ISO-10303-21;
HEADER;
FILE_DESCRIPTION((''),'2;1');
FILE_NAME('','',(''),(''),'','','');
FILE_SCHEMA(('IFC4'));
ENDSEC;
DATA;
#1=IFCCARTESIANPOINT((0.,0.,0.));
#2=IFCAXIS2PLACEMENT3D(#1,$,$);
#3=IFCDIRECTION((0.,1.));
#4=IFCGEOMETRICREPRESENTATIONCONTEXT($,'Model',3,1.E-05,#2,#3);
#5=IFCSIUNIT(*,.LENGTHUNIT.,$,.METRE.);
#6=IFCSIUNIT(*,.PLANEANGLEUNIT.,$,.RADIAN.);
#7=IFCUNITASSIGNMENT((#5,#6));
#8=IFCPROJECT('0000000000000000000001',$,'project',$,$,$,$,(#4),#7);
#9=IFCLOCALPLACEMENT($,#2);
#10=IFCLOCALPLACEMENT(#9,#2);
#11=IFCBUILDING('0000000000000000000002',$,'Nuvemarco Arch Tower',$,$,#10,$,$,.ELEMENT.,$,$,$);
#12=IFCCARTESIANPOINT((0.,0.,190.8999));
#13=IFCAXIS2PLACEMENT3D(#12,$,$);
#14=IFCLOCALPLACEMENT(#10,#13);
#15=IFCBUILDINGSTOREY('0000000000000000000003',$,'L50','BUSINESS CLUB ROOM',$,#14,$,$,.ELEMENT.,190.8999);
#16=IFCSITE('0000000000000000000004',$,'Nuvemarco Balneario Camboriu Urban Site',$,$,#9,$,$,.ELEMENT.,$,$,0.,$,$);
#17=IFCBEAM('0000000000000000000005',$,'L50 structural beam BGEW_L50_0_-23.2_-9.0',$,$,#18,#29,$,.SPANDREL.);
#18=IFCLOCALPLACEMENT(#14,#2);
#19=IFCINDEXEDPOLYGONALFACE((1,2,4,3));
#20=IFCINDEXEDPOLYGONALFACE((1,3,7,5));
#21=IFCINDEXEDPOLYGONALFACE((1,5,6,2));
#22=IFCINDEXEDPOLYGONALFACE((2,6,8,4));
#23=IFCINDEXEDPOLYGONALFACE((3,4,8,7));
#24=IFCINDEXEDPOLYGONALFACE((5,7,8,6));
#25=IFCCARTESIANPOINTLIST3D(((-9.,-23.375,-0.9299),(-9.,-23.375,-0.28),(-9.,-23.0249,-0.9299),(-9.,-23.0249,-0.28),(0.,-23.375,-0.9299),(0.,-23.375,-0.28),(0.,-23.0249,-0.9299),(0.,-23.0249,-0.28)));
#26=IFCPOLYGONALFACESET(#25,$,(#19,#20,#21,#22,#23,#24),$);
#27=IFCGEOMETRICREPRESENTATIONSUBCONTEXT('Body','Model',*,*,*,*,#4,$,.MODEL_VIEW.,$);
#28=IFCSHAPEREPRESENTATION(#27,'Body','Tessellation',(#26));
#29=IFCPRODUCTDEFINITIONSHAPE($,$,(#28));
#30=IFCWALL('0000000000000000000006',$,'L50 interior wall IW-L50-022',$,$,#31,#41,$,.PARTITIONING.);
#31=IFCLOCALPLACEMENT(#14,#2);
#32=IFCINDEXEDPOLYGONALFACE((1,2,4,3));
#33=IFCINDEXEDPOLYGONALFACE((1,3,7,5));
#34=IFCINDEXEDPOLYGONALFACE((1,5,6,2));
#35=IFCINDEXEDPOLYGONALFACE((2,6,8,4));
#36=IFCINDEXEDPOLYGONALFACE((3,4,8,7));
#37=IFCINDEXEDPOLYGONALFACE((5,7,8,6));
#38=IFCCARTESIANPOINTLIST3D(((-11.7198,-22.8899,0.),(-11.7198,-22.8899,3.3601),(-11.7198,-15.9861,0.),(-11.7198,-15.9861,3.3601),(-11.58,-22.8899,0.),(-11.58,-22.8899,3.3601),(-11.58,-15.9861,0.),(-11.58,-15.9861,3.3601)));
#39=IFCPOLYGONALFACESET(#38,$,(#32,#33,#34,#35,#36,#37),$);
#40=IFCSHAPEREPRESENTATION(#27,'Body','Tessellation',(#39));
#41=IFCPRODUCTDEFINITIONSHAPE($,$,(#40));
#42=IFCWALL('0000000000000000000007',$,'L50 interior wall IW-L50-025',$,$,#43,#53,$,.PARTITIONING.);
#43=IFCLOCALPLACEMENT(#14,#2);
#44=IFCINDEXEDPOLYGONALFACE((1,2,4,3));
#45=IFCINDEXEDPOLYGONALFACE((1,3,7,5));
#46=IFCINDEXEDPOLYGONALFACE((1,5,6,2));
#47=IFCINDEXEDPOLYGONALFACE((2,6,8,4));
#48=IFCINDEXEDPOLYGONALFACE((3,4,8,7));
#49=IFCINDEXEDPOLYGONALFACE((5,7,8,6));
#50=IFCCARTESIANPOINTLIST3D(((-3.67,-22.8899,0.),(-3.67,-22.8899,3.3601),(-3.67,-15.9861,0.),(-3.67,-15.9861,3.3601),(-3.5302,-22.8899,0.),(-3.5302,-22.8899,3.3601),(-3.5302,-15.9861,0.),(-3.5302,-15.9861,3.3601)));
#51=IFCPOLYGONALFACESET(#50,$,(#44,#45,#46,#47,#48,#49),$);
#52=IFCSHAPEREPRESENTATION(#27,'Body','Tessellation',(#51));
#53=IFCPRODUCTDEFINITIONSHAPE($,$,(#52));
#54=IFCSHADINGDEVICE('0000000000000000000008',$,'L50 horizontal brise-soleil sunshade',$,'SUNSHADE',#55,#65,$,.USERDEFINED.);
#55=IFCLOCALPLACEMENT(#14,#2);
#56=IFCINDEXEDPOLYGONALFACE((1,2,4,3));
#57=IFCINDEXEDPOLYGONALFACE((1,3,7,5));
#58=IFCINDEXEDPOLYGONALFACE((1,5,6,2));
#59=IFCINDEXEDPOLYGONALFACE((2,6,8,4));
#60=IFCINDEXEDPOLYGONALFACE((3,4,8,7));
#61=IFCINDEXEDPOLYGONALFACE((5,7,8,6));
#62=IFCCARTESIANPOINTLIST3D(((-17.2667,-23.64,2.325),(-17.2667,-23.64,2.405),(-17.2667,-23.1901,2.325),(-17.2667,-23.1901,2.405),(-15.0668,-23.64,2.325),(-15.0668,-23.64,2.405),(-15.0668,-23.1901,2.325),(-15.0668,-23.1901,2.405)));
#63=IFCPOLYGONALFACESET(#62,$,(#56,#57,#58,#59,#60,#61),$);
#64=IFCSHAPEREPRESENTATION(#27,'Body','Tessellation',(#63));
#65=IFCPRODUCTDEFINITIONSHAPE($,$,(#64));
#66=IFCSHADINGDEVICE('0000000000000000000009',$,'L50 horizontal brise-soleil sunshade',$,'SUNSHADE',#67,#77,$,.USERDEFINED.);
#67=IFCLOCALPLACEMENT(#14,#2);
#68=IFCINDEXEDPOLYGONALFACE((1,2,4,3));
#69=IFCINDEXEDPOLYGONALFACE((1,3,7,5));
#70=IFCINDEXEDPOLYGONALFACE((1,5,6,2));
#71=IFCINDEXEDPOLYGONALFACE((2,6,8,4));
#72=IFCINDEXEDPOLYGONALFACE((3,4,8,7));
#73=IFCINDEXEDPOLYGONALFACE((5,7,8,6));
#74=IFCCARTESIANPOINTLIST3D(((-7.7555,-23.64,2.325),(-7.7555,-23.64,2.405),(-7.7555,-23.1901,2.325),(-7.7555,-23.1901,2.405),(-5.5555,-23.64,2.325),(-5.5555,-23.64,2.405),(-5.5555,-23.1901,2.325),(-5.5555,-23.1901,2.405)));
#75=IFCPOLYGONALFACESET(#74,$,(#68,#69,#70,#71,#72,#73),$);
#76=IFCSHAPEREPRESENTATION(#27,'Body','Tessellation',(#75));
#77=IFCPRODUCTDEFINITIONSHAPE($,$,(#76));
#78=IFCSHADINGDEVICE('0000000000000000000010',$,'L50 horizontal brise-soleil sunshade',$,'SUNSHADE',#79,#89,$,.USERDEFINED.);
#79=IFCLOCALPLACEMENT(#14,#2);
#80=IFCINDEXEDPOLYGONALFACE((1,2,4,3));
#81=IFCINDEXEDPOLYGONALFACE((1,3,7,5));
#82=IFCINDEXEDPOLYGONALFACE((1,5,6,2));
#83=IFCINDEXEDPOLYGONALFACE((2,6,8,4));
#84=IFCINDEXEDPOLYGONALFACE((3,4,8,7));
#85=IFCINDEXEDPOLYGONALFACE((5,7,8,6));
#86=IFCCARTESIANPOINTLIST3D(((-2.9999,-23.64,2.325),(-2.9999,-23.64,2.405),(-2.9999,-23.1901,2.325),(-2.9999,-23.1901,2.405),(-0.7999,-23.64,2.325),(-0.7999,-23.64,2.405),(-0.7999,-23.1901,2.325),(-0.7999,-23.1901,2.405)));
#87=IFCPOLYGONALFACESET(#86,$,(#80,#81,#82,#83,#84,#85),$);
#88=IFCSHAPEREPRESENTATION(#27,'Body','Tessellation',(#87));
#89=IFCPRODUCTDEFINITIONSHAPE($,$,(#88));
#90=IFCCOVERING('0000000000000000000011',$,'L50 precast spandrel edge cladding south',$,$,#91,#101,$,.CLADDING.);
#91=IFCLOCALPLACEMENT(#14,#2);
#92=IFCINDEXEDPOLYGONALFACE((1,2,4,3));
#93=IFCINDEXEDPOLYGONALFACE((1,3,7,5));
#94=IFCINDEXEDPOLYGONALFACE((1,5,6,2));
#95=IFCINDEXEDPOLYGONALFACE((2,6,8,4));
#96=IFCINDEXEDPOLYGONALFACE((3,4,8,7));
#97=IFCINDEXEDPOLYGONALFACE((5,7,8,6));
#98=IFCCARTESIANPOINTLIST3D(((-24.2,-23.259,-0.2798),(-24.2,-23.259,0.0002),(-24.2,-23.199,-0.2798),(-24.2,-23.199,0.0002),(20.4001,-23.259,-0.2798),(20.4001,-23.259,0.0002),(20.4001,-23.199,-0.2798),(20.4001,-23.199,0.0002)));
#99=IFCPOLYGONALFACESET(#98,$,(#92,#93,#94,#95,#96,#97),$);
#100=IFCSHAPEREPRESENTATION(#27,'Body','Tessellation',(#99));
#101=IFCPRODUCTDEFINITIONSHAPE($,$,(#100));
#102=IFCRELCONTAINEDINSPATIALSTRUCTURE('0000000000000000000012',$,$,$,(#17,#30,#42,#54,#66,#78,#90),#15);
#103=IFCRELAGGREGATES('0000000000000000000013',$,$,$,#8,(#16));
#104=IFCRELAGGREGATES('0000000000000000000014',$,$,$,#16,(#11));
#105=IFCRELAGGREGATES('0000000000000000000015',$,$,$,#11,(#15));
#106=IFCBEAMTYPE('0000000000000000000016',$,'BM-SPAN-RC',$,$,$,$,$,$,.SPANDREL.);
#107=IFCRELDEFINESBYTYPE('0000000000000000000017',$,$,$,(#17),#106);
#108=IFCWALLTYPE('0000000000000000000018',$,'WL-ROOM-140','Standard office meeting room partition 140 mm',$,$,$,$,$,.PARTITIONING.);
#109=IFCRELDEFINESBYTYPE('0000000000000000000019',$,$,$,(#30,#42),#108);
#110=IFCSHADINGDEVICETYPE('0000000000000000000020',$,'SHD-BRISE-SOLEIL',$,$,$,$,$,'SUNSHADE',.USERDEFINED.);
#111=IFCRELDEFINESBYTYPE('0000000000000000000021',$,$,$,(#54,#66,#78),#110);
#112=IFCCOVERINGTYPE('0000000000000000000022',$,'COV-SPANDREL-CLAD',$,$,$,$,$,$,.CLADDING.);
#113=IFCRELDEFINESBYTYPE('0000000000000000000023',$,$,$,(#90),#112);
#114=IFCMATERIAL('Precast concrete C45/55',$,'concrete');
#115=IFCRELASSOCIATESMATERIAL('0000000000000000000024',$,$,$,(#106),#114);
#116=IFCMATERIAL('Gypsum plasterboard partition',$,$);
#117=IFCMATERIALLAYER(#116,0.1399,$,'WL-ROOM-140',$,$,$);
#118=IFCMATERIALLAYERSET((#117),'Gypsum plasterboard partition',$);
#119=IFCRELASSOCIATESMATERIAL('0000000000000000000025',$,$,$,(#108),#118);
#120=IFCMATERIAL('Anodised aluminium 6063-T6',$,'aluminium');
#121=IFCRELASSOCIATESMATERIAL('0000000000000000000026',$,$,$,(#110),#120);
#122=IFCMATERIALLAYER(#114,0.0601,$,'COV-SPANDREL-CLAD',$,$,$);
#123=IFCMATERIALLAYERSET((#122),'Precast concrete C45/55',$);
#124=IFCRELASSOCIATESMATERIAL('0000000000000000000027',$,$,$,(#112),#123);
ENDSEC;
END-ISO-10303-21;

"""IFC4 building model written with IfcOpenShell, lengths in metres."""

from ifc_helpers import new_model, si_unit, direction, frame, frame_2d, origin, origin_2d, place, context, subcontext, project, spatial, rectangle, extrude, source, transform, mapped, material, layer, layer_set, material_profile, profile_set, type_object, type_shapes, element, save


model = new_model("IFC4")

# Units and contexts
model_context = context("Model", 3, precision=1e-05, world=origin(), true_north=direction((0.0, 1.0)))
body_context = subcontext(model_context, "Body", "Model", "MODEL_VIEW")
ifc_project = project(units=[si_unit("LENGTHUNIT", "METRE"), si_unit("PLANEANGLEUNIT", "RADIAN")], contexts=[model_context])

# Site, building, storey
site_placement = place(None, origin())
site = spatial("IfcSite", under=ifc_project, at=site_placement, Name="Nuvemarco Balneario Camboriu Urban Site", CompositionType="ELEMENT", RefElevation=0.0)
building_placement = place(site_placement, origin())
building = spatial("IfcBuilding", under=site, at=building_placement, Name="Nuvemarco Arch Tower", CompositionType="ELEMENT")
storey_placement = place(building_placement, frame((0.0, 0.0, 190.8999)))
storey = spatial("IfcBuildingStorey", under=building, at=storey_placement, Name="L50", Description="BUSINESS CLUB ROOM", CompositionType="ELEMENT", Elevation=190.8999)

# Beam
ifc_material_1 = material(Name="Precast concrete C45/55", Category="concrete")
ifc_material_profile_1 = material_profile(ifc_material_1, rectangle(XDim=0.3501, YDim=0.6499, at=origin_2d()), Name="PC-SP-350x650")
ifc_profile_set_1 = profile_set([ifc_material_profile_1], Name="Precast concrete C45/55")
beam_type_1 = type_object("IfcBeamType", Name="BM-SPAN-RC", PredefinedType="SPANDREL", material=ifc_profile_set_1)
beam_1_placement = place(storey_placement, frame((-9.0, -23.2, -0.605), z_axis=(1.0, 0.0, 0.0), x_axis=(0.0, 1.0, 0.0)))
element("IfcBeam", 1, at=beam_1_placement, inside=storey, type_object=beam_type_1, Name="L50 structural beam BGEW_L50_0_-23.2_-9.0", PredefinedType="SPANDREL", context=body_context, shape_type="SweptSolid", body=[
    extrude(rectangle(XDim=0.3501, YDim=0.6499, at=origin_2d()), origin(), (0.0, 0.0, 1.0), 9.0),
])

# Walls
ifc_material_2 = material(Name="Gypsum plasterboard partition")
ifc_layer_1 = layer(ifc_material_2, 0.1399, Name="WL-ROOM-140")
ifc_layer_set_1 = layer_set([ifc_layer_1], Name="Gypsum plasterboard partition")
wall_type = type_object("IfcWallType", Name="WL-ROOM-140", Description="Standard office meeting room partition 140 mm", PredefinedType="PARTITIONING", material=ifc_layer_set_1)
for number, where, z_axis, x_axis, name in (
    (2, (-11.6499, -22.8899, 0.0), (0.0, 0.0, 1.0), (0.0, 1.0, 0.0), "L50 interior wall IW-L50-022"),
    (3, (-3.6001, -22.8899, 0.0), (0.0, 0.0, 1.0), (0.0, 1.0, 0.0), "L50 interior wall IW-L50-025"),
):
    element("IfcWall", number, at=place(storey_placement, frame(where, z_axis=z_axis, x_axis=x_axis)), inside=storey, type_object=wall_type, Name=name, PredefinedType="PARTITIONING", context=body_context, shape_type="SweptSolid", body=[
        extrude(rectangle(XDim=6.9038, YDim=0.1399, at=frame_2d((3.4519, 0.0))), origin(), (0.0, 0.0, 1.0), 3.3601),
    ])

# Shading devices
ifc_material_3 = material(Name="Anodised aluminium 6063-T6", Category="aluminium")
shading_device_type = type_object("IfcShadingDeviceType", Name="SHD-BRISE-SOLEIL", ElementType="SUNSHADE", PredefinedType="USERDEFINED", material=ifc_material_3)
shared_shape_1 = source(origin(), body_context, "Body", "SweptSolid", [
    extrude(rectangle(XDim=2.2, YDim=0.45, at=origin_2d()), origin(), (0.0, 0.0, 1.0), 0.0801),
])
type_shapes(shading_device_type, [shared_shape_1])
for number, where, z_axis, x_axis, name in (
    (4, (-16.1667, -23.415, 2.325), (0.0, 0.0, 1.0), (1.0, 0.0, 0.0), "L50 horizontal brise-soleil sunshade"),
    (5, (-6.6555, -23.415, 2.325), (0.0, 0.0, 1.0), (1.0, 0.0, 0.0), "L50 horizontal brise-soleil sunshade"),
    (6, (-1.8999, -23.415, 2.325), (0.0, 0.0, 1.0), (1.0, 0.0, 0.0), "L50 horizontal brise-soleil sunshade"),
):
    element("IfcShadingDevice", number, at=place(storey_placement, frame(where, z_axis=z_axis, x_axis=x_axis)), inside=storey, type_object=shading_device_type, Name=name, ObjectType="SUNSHADE", PredefinedType="USERDEFINED", context=body_context, shape_type="MappedRepresentation", body=[
        mapped(shared_shape_1, transform((0.0, 0.0, 0.0), scale=1.0)),
    ])

# Covering
ifc_layer_2 = layer(ifc_material_1, 0.0601, Name="COV-SPANDREL-CLAD")
ifc_layer_set_2 = layer_set([ifc_layer_2], Name="Precast concrete C45/55")
covering_type = type_object("IfcCoveringType", Name="COV-SPANDREL-CLAD", PredefinedType="CLADDING", material=ifc_layer_set_2)
shared_shape_2 = source(origin(), body_context, "Body", "SweptSolid", [
    extrude(rectangle(XDim=44.6001, YDim=0.0601, at=origin_2d()), origin(), (0.0, 0.0, 1.0), 0.28),
])
type_shapes(covering_type, [shared_shape_2])
covering_placement = place(storey_placement, frame((-1.8999, -23.229, -0.2798), z_axis=(0.0, 0.0, 1.0), x_axis=(1.0, 0.0, 0.0)))
element("IfcCovering", 7, at=covering_placement, inside=storey, type_object=covering_type, Name="L50 precast spandrel edge cladding south", PredefinedType="CLADDING", context=body_context, shape_type="MappedRepresentation", body=[
    mapped(shared_shape_2, transform((0.0, 0.0, 0.0), scale=1.0)),
])

save(model, "model.ifc")
